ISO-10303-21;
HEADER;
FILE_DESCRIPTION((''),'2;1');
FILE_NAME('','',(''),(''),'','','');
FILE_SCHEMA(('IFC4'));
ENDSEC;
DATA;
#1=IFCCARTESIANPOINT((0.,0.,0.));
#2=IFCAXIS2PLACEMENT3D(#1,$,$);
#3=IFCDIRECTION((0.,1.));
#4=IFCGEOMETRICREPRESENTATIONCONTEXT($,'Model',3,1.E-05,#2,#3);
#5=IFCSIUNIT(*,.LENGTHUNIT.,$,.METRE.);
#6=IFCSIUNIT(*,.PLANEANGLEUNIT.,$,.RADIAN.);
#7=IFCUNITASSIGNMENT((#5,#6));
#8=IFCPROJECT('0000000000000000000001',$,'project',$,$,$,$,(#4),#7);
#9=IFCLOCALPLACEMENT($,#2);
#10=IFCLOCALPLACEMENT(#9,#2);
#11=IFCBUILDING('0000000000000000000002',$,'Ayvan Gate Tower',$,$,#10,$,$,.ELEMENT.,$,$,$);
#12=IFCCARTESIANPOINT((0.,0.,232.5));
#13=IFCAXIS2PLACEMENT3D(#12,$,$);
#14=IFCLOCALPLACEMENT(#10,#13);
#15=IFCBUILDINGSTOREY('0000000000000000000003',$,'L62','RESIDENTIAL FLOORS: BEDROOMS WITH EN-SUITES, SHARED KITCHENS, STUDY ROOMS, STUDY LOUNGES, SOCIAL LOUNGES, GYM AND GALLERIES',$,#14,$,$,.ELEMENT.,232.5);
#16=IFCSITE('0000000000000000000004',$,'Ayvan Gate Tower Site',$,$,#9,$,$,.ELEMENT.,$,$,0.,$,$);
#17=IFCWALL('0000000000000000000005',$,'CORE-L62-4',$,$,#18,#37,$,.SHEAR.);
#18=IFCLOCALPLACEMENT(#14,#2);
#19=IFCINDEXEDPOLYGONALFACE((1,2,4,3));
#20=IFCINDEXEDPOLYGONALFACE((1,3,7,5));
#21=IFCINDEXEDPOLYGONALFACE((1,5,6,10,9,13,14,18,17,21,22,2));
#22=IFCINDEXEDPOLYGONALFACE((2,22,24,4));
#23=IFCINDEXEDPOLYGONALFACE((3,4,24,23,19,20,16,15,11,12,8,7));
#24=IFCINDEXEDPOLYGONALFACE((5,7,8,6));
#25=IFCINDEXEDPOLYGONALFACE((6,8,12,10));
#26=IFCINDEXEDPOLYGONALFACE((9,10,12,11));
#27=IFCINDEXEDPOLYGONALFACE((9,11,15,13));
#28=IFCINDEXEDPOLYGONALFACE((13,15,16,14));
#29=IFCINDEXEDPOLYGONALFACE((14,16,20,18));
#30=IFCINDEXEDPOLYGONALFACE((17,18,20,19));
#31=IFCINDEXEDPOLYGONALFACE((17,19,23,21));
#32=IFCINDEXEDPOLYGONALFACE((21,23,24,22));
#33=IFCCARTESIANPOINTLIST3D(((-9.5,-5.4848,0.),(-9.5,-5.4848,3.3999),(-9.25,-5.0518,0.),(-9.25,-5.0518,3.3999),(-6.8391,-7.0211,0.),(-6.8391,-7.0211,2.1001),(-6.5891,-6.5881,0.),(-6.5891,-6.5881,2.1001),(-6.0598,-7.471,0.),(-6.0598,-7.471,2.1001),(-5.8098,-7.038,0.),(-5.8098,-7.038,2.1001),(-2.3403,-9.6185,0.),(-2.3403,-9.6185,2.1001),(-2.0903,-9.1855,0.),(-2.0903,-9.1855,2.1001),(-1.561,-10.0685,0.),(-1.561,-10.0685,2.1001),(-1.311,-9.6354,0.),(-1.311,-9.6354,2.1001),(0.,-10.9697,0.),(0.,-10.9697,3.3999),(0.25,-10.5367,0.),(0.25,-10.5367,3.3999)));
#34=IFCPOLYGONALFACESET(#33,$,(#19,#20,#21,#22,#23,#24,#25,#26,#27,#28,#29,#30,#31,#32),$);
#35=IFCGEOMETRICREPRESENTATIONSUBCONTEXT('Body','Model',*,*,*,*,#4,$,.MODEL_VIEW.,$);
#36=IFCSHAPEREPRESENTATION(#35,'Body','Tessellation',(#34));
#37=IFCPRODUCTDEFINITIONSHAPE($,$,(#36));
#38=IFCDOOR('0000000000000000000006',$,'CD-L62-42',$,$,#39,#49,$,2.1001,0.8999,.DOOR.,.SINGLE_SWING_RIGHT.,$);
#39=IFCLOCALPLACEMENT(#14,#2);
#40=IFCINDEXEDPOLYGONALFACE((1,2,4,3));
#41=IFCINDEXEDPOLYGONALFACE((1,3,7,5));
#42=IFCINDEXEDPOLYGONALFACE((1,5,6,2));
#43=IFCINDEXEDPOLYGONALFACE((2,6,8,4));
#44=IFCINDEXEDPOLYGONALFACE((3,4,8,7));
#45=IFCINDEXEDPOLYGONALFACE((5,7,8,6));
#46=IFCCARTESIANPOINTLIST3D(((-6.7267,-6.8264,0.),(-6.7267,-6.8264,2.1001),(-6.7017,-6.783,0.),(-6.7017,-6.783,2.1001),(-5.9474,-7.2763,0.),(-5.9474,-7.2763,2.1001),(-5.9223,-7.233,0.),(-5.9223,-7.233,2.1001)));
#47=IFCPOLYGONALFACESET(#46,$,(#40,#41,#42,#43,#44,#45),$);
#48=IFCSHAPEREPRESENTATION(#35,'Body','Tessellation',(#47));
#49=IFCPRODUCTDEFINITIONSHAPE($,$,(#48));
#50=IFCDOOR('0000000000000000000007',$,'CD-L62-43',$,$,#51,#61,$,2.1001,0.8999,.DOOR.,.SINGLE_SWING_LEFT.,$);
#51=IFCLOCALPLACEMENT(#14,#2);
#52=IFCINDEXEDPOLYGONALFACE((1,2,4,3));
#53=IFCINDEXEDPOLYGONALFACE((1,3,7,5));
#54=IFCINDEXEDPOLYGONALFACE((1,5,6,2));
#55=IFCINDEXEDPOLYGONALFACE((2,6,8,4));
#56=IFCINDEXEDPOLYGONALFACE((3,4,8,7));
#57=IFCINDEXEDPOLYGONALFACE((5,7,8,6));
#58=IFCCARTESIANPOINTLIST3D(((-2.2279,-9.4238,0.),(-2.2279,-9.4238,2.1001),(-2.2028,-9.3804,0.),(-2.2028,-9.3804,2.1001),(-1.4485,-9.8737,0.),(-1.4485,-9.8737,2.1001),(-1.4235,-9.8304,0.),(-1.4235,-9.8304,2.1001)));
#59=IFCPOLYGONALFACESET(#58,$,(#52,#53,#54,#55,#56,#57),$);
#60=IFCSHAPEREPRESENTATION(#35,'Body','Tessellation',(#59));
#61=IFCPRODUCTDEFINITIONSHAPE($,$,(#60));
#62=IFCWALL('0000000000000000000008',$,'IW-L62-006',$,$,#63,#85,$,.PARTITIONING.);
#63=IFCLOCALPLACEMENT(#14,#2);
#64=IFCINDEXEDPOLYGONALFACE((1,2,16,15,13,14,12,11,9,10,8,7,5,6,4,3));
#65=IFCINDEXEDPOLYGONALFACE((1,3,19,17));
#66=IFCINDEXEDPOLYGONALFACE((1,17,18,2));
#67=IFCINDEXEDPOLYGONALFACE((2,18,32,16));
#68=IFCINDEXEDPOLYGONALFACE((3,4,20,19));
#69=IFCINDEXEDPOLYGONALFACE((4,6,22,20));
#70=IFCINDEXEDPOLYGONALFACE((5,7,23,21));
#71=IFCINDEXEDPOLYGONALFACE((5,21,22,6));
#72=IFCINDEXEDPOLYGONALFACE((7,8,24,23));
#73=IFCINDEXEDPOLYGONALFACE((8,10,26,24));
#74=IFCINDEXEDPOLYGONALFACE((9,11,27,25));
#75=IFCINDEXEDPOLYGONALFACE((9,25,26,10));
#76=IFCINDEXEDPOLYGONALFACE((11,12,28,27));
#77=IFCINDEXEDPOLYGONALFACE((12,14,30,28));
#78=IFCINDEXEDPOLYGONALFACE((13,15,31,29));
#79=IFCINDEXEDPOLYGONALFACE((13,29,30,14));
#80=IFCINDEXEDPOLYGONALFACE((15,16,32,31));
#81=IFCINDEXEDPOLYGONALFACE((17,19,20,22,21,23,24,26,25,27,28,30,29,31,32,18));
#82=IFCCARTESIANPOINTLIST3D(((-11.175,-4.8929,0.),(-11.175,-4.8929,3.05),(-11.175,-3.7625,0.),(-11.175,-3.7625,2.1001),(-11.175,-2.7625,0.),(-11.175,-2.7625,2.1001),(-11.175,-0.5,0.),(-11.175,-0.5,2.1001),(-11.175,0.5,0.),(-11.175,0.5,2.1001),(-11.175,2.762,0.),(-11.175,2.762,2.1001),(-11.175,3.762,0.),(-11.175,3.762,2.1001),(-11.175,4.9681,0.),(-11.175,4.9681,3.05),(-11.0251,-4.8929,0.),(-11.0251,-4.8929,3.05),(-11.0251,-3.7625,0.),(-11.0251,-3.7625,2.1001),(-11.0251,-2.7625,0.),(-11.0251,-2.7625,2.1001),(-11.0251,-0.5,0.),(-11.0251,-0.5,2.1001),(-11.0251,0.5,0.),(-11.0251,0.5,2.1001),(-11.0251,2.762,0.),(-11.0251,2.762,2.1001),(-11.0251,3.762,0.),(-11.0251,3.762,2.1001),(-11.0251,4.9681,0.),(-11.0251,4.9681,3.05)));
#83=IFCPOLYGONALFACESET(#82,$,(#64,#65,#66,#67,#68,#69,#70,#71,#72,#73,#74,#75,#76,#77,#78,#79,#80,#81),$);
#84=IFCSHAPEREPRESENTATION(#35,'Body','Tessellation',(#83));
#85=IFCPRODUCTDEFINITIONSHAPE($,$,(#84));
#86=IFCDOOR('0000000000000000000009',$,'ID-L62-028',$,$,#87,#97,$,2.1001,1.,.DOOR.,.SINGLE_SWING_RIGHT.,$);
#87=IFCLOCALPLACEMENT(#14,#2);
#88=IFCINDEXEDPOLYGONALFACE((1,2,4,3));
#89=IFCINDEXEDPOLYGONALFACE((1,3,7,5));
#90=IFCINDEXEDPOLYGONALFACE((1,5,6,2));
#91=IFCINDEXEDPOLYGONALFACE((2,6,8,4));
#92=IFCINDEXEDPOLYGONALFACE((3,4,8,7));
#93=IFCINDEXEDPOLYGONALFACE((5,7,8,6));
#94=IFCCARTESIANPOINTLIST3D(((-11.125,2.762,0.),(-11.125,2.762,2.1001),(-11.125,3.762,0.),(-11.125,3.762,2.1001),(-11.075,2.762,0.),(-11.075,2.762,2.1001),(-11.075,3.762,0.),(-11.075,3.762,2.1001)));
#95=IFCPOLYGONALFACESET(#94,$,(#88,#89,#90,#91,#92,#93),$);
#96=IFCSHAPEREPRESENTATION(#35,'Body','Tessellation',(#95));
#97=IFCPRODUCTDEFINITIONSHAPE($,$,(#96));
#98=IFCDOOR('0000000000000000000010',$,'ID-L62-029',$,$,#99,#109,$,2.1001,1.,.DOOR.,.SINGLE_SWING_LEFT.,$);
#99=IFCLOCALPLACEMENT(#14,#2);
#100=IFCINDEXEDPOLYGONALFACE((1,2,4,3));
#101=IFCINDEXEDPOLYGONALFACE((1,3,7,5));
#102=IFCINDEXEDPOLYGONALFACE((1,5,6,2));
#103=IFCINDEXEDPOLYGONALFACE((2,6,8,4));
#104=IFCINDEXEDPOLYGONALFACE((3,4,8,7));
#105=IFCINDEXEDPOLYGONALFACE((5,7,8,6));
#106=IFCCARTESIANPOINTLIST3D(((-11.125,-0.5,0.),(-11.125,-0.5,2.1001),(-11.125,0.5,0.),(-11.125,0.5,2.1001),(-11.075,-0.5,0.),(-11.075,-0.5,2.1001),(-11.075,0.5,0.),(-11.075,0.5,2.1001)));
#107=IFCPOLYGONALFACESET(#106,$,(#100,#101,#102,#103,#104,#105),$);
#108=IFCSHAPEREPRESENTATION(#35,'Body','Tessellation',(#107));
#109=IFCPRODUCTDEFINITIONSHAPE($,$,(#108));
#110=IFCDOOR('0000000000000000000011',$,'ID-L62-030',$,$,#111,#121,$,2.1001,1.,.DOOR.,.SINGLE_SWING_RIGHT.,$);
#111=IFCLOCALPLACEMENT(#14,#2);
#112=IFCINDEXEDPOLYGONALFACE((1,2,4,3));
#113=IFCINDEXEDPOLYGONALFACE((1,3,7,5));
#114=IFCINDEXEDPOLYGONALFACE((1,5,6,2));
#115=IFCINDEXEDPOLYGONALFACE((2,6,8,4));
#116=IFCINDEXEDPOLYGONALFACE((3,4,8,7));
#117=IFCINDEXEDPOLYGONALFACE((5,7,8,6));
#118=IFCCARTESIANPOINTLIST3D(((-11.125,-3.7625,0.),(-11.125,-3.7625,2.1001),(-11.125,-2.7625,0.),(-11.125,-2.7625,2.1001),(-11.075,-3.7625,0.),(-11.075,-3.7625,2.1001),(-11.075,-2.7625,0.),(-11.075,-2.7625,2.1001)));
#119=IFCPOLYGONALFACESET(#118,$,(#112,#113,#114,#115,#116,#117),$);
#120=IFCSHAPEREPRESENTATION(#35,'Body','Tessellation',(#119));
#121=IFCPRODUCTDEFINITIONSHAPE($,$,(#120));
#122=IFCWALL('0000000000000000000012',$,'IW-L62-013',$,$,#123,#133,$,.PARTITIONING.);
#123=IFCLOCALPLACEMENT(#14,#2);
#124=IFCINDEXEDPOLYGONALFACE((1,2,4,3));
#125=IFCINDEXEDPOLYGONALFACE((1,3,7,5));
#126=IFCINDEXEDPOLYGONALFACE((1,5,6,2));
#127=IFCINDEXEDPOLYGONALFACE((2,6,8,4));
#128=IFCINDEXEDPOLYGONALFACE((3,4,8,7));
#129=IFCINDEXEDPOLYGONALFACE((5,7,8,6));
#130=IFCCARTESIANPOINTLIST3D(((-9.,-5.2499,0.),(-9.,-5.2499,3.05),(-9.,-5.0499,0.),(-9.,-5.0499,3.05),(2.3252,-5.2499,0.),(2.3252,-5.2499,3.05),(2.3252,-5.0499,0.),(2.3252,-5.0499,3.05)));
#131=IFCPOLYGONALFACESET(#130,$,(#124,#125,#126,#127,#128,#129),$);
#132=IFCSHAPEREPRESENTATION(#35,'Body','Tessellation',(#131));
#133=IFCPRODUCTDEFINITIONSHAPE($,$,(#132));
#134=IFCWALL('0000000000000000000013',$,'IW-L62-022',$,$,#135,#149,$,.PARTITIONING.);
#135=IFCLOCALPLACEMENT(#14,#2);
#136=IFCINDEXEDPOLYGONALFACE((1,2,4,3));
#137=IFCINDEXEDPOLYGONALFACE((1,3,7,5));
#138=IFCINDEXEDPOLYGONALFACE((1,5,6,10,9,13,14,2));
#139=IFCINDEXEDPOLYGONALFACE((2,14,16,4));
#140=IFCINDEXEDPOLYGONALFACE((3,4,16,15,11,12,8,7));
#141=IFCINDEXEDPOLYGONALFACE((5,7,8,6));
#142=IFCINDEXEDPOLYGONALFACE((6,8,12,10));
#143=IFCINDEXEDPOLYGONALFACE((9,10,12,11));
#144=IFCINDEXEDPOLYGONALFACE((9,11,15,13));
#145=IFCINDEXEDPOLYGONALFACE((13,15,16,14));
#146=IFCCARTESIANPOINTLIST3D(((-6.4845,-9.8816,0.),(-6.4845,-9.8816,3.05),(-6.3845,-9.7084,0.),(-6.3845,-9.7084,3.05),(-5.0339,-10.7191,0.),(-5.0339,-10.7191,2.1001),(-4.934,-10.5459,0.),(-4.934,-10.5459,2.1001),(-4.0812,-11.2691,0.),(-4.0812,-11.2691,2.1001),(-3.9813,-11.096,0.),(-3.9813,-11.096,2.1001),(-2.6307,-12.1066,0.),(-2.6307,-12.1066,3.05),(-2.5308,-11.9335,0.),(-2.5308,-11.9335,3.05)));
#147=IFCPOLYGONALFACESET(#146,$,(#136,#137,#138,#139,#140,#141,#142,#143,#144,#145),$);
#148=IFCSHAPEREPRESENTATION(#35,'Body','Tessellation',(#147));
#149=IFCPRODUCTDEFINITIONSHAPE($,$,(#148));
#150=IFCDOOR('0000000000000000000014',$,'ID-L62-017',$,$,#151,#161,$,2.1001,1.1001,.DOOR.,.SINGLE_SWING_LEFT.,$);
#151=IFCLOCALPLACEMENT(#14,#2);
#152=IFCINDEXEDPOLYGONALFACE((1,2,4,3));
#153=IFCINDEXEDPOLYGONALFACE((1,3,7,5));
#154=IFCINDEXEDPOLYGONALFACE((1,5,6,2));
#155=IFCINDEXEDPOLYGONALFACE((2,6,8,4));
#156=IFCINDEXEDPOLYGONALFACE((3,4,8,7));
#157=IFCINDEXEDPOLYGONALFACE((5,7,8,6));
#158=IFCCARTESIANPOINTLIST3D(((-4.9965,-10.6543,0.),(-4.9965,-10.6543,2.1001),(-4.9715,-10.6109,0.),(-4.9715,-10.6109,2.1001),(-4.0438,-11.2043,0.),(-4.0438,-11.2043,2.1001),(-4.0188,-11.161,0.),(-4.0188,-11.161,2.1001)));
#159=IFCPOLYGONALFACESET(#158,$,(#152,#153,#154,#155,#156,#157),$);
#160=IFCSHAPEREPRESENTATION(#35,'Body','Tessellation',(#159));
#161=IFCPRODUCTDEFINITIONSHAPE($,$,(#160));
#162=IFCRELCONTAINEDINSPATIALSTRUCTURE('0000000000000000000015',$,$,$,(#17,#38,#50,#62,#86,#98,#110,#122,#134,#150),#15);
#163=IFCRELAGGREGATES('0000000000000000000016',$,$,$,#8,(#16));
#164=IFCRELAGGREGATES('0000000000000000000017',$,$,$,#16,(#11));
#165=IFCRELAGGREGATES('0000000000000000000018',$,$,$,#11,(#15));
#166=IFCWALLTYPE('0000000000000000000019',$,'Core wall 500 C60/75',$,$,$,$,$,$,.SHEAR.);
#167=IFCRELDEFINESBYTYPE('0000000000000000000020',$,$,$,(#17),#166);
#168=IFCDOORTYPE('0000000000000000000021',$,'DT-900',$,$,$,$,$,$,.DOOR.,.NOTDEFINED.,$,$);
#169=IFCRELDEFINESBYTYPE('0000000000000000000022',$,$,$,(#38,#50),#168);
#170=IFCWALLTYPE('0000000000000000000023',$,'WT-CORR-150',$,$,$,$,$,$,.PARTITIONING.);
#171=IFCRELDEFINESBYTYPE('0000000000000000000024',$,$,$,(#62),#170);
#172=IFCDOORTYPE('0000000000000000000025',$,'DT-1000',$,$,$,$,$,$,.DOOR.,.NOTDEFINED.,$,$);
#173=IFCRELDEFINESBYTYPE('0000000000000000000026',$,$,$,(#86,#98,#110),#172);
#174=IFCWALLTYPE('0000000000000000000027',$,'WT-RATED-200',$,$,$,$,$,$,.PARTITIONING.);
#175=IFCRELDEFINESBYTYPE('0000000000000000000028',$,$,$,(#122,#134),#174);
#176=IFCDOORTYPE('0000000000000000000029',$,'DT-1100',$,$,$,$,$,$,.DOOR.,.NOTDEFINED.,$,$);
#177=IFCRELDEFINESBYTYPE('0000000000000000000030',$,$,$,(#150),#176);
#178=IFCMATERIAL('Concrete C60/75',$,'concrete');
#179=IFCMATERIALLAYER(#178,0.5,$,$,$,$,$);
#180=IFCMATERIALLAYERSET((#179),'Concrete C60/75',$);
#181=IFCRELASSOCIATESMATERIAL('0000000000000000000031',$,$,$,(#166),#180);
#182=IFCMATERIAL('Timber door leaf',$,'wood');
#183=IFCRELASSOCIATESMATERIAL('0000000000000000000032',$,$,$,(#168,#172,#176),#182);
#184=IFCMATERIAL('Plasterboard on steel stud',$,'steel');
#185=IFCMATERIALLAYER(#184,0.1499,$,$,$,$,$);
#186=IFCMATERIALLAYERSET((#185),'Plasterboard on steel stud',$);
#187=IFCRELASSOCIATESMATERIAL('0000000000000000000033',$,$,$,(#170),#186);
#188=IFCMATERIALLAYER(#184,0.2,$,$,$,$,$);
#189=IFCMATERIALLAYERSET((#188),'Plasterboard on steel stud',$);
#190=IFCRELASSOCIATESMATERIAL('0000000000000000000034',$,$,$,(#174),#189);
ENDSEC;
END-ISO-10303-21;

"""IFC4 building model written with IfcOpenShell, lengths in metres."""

from ifc_helpers import new_model, si_unit, direction, frame, frame_2d, origin, place, context, subcontext, project, spatial, rectangle, extrude, material, layer, layer_set, type_object, element, fill, save


model = new_model("IFC4")

# Units and contexts
model_context = context("Model", 3, precision=1e-05, world=origin(), true_north=direction((0.0, 1.0)))
body_context = subcontext(model_context, "Body", "Model", "MODEL_VIEW")
ifc_project = project(units=[si_unit("LENGTHUNIT", "METRE"), si_unit("PLANEANGLEUNIT", "RADIAN")], contexts=[model_context])

# Site, building, storey
site_placement = place(None, origin())
site = spatial("IfcSite", under=ifc_project, at=site_placement, Name="Ayvan Gate Tower Site", CompositionType="ELEMENT", RefElevation=0.0)
building_placement = place(site_placement, origin())
building = spatial("IfcBuilding", under=site, at=building_placement, Name="Ayvan Gate Tower", CompositionType="ELEMENT")
storey_placement = place(building_placement, frame((0.0, 0.0, 232.5)))
storey = spatial("IfcBuildingStorey", under=building, at=storey_placement, Name="L62", Description="RESIDENTIAL FLOORS: BEDROOMS WITH EN-SUITES, SHARED KITCHENS, STUDY ROOMS, STUDY LOUNGES, SOCIAL LOUNGES, GYM AND GALLERIES", CompositionType="ELEMENT", Elevation=232.5)

# Walls, openings, doors
ifc_material_1 = material(Name="Concrete C60/75", Category="concrete")
ifc_layer_1 = layer(ifc_material_1, 0.5)
ifc_layer_set_1 = layer_set([ifc_layer_1], Name="Concrete C60/75")
wall_type_1 = type_object("IfcWallType", Name="Core wall 500 C60/75", PredefinedType="SHEAR", material=ifc_layer_set_1)
wall_1_placement = place(storey_placement, frame((-9.375, -5.2683, 0.0), z_axis=(0.0, 0.0, 1.0), x_axis=(0.866024, -0.500002, 0.0)))
wall_1 = element("IfcWall", 1, at=wall_1_placement, inside=storey, type_object=wall_type_1, Name="CORE-L62-4", PredefinedType="SHEAR", context=body_context, shape_type="SweptSolid", body=[
    extrude(rectangle(XDim=10.9697, YDim=0.5, at=frame_2d((5.4849, 0.0))), origin(), (0.0, 0.0, 1.0), 3.3999),
])
opening_1_placement = place(wall_1_placement, frame((3.0725, 0.0, 0.0)))
opening_1 = element("IfcOpeningElement", 2, at=opening_1_placement, cuts=wall_1, PredefinedType="OPENING", context=body_context, shape_type="SweptSolid", body=[
    extrude(rectangle(XDim=0.8999, YDim=2.1001, at=frame_2d((0.45, 1.05))), frame((0.0, 0.26, 0.0), z_axis=(0.0, -1.0, 0.0), x_axis=(1.0, 0.0, 0.0)), (0.0, 0.0, 1.0), 0.52),
])
opening_2_placement = place(wall_1_placement, frame((8.2673, 0.0, 0.0)))
opening_2 = element("IfcOpeningElement", 3, at=opening_2_placement, cuts=wall_1, PredefinedType="OPENING", context=body_context, shape_type="SweptSolid", body=[
    extrude(rectangle(XDim=0.8999, YDim=2.1001, at=frame_2d((0.45, 1.05))), frame((0.0, 0.26, 0.0), z_axis=(0.0, -1.0, 0.0), x_axis=(1.0, 0.0, 0.0)), (0.0, 0.0, 1.0), 0.52),
])
ifc_material_2 = material(Name="Timber door leaf", Category="wood")
door_type_1 = type_object("IfcDoorType", Name="DT-900", OperationType="NOTDEFINED", PredefinedType="DOOR", material=ifc_material_2)
door_1_placement = place(opening_1_placement, origin())
door_1 = element("IfcDoor", 4, at=door_1_placement, inside=storey, type_object=door_type_1, Name="CD-L62-42", OperationType="SINGLE_SWING_RIGHT", OverallHeight=2.1001, OverallWidth=0.8999, PredefinedType="DOOR", context=body_context, shape_type="SweptSolid", body=[
    extrude(rectangle(XDim=0.8999, YDim=2.1001, at=frame_2d((0.45, 1.05))), frame((0.0, 0.0249, 0.0), z_axis=(0.0, -1.0, 0.0), x_axis=(1.0, 0.0, 0.0)), (0.0, 0.0, 1.0), 0.05),
])
fill(opening_1, door_1)
door_2_placement = place(opening_2_placement, origin())
door_2 = element("IfcDoor", 5, at=door_2_placement, inside=storey, type_object=door_type_1, Name="CD-L62-43", OperationType="SINGLE_SWING_LEFT", OverallHeight=2.1001, OverallWidth=0.8999, PredefinedType="DOOR", context=body_context, shape_type="SweptSolid", body=[
    extrude(rectangle(XDim=0.8999, YDim=2.1001, at=frame_2d((0.45, 1.05))), frame((0.0, 0.0249, 0.0), z_axis=(0.0, -1.0, 0.0), x_axis=(1.0, 0.0, 0.0)), (0.0, 0.0, 1.0), 0.05),
])
fill(opening_2, door_2)
ifc_material_3 = material(Name="Plasterboard on steel stud", Category="steel")
ifc_layer_2 = layer(ifc_material_3, 0.1499)
ifc_layer_set_2 = layer_set([ifc_layer_2], Name="Plasterboard on steel stud")
wall_type_2 = type_object("IfcWallType", Name="WT-CORR-150", PredefinedType="PARTITIONING", material=ifc_layer_set_2)
wall_2_placement = place(storey_placement, frame((-11.1001, -4.8931, 0.0), z_axis=(0.0, 0.0, 1.0), x_axis=(0.0, 1.0, 0.0)))
wall_2 = element("IfcWall", 6, at=wall_2_placement, inside=storey, type_object=wall_type_2, Name="IW-L62-006", PredefinedType="PARTITIONING", context=body_context, shape_type="SweptSolid", body=[
    extrude(rectangle(XDim=9.8611, YDim=0.1499, at=frame_2d((4.9307, 0.0))), origin(), (0.0, 0.0, 1.0), 3.05),
])
opening_3_placement = place(wall_2_placement, frame((7.655, 0.0, 0.0)))
opening_3 = element("IfcOpeningElement", 7, at=opening_3_placement, cuts=wall_2, PredefinedType="OPENING", context=body_context, shape_type="SweptSolid", body=[
    extrude(rectangle(XDim=1.0, YDim=2.1001, at=frame_2d((0.5, 1.05))), frame((0.0, 0.085, 0.0), z_axis=(0.0, -1.0, 0.0), x_axis=(1.0, 0.0, 0.0)), (0.0, 0.0, 1.0), 0.1699),
])
opening_4_placement = place(wall_2_placement, frame((4.3931, 0.0, 0.0)))
opening_4 = element("IfcOpeningElement", 8, at=opening_4_placement, cuts=wall_2, PredefinedType="OPENING", context=body_context, shape_type="SweptSolid", body=[
    extrude(rectangle(XDim=1.0, YDim=2.1001, at=frame_2d((0.5, 1.05))), frame((0.0, 0.085, 0.0), z_axis=(0.0, -1.0, 0.0), x_axis=(1.0, 0.0, 0.0)), (0.0, 0.0, 1.0), 0.1699),
])
opening_5_placement = place(wall_2_placement, frame((1.1306, 0.0, 0.0)))
opening_5 = element("IfcOpeningElement", 9, at=opening_5_placement, cuts=wall_2, PredefinedType="OPENING", context=body_context, shape_type="SweptSolid", body=[
    extrude(rectangle(XDim=1.0, YDim=2.1001, at=frame_2d((0.5, 1.05))), frame((0.0, 0.085, 0.0), z_axis=(0.0, -1.0, 0.0), x_axis=(1.0, 0.0, 0.0)), (0.0, 0.0, 1.0), 0.1699),
])
door_type_2 = type_object("IfcDoorType", Name="DT-1000", OperationType="NOTDEFINED", PredefinedType="DOOR", material=ifc_material_2)
door_3_placement = place(opening_3_placement, origin())
door_3 = element("IfcDoor", 10, at=door_3_placement, inside=storey, type_object=door_type_2, Name="ID-L62-028", OperationType="SINGLE_SWING_RIGHT", OverallHeight=2.1001, OverallWidth=1.0, PredefinedType="DOOR", context=body_context, shape_type="SweptSolid", body=[
    extrude(rectangle(XDim=1.0, YDim=2.1001, at=frame_2d((0.5, 1.05))), frame((0.0, 0.0249, 0.0), z_axis=(0.0, -1.0, 0.0), x_axis=(1.0, 0.0, 0.0)), (0.0, 0.0, 1.0), 0.05),
])
fill(opening_3, door_3)
door_4_placement = place(opening_4_placement, origin())
door_4 = element("IfcDoor", 11, at=door_4_placement, inside=storey, type_object=door_type_2, Name="ID-L62-029", OperationType="SINGLE_SWING_LEFT", OverallHeight=2.1001, OverallWidth=1.0, PredefinedType="DOOR", context=body_context, shape_type="SweptSolid", body=[
    extrude(rectangle(XDim=1.0, YDim=2.1001, at=frame_2d((0.5, 1.05))), frame((0.0, 0.0249, 0.0), z_axis=(0.0, -1.0, 0.0), x_axis=(1.0, 0.0, 0.0)), (0.0, 0.0, 1.0), 0.05),
])
fill(opening_4, door_4)
door_5_placement = place(opening_5_placement, origin())
door_5 = element("IfcDoor", 12, at=door_5_placement, inside=storey, type_object=door_type_2, Name="ID-L62-030", OperationType="SINGLE_SWING_RIGHT", OverallHeight=2.1001, OverallWidth=1.0, PredefinedType="DOOR", context=body_context, shape_type="SweptSolid", body=[
    extrude(rectangle(XDim=1.0, YDim=2.1001, at=frame_2d((0.5, 1.05))), frame((0.0, 0.0249, 0.0), z_axis=(0.0, -1.0, 0.0), x_axis=(1.0, 0.0, 0.0)), (0.0, 0.0, 1.0), 0.05),
])
fill(opening_5, door_5)

# Wall
ifc_layer_3 = layer(ifc_material_3, 0.2)
ifc_layer_set_3 = layer_set([ifc_layer_3], Name="Plasterboard on steel stud")
wall_type_3 = type_object("IfcWallType", Name="WT-RATED-200", PredefinedType="PARTITIONING", material=ifc_layer_set_3)
wall_3_placement = place(storey_placement, frame((-9.0, -5.1499, 0.0), z_axis=(0.0, 0.0, 1.0), x_axis=(1.0, 0.0, 0.0)))
element("IfcWall", 13, at=wall_3_placement, inside=storey, type_object=wall_type_3, Name="IW-L62-013", PredefinedType="PARTITIONING", context=body_context, shape_type="SweptSolid", body=[
    extrude(rectangle(XDim=11.3252, YDim=0.2, at=frame_2d((5.6626, 0.0))), origin(), (0.0, 0.0, 1.0), 3.05),
])

# Wall, opening, door
wall_4_placement = place(storey_placement, frame((-6.4346, -9.7949, 0.0), z_axis=(0.0, 0.0, 1.0), x_axis=(0.866013, -0.500022, 0.0)))
wall_4 = element("IfcWall", 14, at=wall_4_placement, inside=storey, type_object=wall_type_3, Name="IW-L62-022", PredefinedType="PARTITIONING", context=body_context, shape_type="SweptSolid", body=[
    extrude(rectangle(XDim=4.45, YDim=0.2, at=frame_2d((2.2251, 0.0))), origin(), (0.0, 0.0, 1.0), 3.05),
])
opening_6_placement = place(wall_4_placement, frame((1.675, 0.0, 0.0)))
opening_6 = element("IfcOpeningElement", 15, at=opening_6_placement, cuts=wall_4, PredefinedType="OPENING", context=body_context, shape_type="SweptSolid", body=[
    extrude(rectangle(XDim=1.1001, YDim=2.1001, at=frame_2d((0.55, 1.05))), frame((0.0, 0.1099, 0.0), z_axis=(0.0, -1.0, 0.0), x_axis=(1.0, 0.0, 0.0)), (0.0, 0.0, 1.0), 0.22),
])
door_type_3 = type_object("IfcDoorType", Name="DT-1100", OperationType="NOTDEFINED", PredefinedType="DOOR", material=ifc_material_2)
door_6_placement = place(opening_6_placement, origin())
door_6 = element("IfcDoor", 16, at=door_6_placement, inside=storey, type_object=door_type_3, Name="ID-L62-017", OperationType="SINGLE_SWING_LEFT", OverallHeight=2.1001, OverallWidth=1.1001, PredefinedType="DOOR", context=body_context, shape_type="SweptSolid", body=[
    extrude(rectangle(XDim=1.1001, YDim=2.1001, at=frame_2d((0.55, 1.05))), frame((0.0, 0.0249, 0.0), z_axis=(0.0, -1.0, 0.0), x_axis=(1.0, 0.0, 0.0)), (0.0, 0.0, 1.0), 0.05),
])
fill(opening_6, door_6)

save(model, "model.ifc")
